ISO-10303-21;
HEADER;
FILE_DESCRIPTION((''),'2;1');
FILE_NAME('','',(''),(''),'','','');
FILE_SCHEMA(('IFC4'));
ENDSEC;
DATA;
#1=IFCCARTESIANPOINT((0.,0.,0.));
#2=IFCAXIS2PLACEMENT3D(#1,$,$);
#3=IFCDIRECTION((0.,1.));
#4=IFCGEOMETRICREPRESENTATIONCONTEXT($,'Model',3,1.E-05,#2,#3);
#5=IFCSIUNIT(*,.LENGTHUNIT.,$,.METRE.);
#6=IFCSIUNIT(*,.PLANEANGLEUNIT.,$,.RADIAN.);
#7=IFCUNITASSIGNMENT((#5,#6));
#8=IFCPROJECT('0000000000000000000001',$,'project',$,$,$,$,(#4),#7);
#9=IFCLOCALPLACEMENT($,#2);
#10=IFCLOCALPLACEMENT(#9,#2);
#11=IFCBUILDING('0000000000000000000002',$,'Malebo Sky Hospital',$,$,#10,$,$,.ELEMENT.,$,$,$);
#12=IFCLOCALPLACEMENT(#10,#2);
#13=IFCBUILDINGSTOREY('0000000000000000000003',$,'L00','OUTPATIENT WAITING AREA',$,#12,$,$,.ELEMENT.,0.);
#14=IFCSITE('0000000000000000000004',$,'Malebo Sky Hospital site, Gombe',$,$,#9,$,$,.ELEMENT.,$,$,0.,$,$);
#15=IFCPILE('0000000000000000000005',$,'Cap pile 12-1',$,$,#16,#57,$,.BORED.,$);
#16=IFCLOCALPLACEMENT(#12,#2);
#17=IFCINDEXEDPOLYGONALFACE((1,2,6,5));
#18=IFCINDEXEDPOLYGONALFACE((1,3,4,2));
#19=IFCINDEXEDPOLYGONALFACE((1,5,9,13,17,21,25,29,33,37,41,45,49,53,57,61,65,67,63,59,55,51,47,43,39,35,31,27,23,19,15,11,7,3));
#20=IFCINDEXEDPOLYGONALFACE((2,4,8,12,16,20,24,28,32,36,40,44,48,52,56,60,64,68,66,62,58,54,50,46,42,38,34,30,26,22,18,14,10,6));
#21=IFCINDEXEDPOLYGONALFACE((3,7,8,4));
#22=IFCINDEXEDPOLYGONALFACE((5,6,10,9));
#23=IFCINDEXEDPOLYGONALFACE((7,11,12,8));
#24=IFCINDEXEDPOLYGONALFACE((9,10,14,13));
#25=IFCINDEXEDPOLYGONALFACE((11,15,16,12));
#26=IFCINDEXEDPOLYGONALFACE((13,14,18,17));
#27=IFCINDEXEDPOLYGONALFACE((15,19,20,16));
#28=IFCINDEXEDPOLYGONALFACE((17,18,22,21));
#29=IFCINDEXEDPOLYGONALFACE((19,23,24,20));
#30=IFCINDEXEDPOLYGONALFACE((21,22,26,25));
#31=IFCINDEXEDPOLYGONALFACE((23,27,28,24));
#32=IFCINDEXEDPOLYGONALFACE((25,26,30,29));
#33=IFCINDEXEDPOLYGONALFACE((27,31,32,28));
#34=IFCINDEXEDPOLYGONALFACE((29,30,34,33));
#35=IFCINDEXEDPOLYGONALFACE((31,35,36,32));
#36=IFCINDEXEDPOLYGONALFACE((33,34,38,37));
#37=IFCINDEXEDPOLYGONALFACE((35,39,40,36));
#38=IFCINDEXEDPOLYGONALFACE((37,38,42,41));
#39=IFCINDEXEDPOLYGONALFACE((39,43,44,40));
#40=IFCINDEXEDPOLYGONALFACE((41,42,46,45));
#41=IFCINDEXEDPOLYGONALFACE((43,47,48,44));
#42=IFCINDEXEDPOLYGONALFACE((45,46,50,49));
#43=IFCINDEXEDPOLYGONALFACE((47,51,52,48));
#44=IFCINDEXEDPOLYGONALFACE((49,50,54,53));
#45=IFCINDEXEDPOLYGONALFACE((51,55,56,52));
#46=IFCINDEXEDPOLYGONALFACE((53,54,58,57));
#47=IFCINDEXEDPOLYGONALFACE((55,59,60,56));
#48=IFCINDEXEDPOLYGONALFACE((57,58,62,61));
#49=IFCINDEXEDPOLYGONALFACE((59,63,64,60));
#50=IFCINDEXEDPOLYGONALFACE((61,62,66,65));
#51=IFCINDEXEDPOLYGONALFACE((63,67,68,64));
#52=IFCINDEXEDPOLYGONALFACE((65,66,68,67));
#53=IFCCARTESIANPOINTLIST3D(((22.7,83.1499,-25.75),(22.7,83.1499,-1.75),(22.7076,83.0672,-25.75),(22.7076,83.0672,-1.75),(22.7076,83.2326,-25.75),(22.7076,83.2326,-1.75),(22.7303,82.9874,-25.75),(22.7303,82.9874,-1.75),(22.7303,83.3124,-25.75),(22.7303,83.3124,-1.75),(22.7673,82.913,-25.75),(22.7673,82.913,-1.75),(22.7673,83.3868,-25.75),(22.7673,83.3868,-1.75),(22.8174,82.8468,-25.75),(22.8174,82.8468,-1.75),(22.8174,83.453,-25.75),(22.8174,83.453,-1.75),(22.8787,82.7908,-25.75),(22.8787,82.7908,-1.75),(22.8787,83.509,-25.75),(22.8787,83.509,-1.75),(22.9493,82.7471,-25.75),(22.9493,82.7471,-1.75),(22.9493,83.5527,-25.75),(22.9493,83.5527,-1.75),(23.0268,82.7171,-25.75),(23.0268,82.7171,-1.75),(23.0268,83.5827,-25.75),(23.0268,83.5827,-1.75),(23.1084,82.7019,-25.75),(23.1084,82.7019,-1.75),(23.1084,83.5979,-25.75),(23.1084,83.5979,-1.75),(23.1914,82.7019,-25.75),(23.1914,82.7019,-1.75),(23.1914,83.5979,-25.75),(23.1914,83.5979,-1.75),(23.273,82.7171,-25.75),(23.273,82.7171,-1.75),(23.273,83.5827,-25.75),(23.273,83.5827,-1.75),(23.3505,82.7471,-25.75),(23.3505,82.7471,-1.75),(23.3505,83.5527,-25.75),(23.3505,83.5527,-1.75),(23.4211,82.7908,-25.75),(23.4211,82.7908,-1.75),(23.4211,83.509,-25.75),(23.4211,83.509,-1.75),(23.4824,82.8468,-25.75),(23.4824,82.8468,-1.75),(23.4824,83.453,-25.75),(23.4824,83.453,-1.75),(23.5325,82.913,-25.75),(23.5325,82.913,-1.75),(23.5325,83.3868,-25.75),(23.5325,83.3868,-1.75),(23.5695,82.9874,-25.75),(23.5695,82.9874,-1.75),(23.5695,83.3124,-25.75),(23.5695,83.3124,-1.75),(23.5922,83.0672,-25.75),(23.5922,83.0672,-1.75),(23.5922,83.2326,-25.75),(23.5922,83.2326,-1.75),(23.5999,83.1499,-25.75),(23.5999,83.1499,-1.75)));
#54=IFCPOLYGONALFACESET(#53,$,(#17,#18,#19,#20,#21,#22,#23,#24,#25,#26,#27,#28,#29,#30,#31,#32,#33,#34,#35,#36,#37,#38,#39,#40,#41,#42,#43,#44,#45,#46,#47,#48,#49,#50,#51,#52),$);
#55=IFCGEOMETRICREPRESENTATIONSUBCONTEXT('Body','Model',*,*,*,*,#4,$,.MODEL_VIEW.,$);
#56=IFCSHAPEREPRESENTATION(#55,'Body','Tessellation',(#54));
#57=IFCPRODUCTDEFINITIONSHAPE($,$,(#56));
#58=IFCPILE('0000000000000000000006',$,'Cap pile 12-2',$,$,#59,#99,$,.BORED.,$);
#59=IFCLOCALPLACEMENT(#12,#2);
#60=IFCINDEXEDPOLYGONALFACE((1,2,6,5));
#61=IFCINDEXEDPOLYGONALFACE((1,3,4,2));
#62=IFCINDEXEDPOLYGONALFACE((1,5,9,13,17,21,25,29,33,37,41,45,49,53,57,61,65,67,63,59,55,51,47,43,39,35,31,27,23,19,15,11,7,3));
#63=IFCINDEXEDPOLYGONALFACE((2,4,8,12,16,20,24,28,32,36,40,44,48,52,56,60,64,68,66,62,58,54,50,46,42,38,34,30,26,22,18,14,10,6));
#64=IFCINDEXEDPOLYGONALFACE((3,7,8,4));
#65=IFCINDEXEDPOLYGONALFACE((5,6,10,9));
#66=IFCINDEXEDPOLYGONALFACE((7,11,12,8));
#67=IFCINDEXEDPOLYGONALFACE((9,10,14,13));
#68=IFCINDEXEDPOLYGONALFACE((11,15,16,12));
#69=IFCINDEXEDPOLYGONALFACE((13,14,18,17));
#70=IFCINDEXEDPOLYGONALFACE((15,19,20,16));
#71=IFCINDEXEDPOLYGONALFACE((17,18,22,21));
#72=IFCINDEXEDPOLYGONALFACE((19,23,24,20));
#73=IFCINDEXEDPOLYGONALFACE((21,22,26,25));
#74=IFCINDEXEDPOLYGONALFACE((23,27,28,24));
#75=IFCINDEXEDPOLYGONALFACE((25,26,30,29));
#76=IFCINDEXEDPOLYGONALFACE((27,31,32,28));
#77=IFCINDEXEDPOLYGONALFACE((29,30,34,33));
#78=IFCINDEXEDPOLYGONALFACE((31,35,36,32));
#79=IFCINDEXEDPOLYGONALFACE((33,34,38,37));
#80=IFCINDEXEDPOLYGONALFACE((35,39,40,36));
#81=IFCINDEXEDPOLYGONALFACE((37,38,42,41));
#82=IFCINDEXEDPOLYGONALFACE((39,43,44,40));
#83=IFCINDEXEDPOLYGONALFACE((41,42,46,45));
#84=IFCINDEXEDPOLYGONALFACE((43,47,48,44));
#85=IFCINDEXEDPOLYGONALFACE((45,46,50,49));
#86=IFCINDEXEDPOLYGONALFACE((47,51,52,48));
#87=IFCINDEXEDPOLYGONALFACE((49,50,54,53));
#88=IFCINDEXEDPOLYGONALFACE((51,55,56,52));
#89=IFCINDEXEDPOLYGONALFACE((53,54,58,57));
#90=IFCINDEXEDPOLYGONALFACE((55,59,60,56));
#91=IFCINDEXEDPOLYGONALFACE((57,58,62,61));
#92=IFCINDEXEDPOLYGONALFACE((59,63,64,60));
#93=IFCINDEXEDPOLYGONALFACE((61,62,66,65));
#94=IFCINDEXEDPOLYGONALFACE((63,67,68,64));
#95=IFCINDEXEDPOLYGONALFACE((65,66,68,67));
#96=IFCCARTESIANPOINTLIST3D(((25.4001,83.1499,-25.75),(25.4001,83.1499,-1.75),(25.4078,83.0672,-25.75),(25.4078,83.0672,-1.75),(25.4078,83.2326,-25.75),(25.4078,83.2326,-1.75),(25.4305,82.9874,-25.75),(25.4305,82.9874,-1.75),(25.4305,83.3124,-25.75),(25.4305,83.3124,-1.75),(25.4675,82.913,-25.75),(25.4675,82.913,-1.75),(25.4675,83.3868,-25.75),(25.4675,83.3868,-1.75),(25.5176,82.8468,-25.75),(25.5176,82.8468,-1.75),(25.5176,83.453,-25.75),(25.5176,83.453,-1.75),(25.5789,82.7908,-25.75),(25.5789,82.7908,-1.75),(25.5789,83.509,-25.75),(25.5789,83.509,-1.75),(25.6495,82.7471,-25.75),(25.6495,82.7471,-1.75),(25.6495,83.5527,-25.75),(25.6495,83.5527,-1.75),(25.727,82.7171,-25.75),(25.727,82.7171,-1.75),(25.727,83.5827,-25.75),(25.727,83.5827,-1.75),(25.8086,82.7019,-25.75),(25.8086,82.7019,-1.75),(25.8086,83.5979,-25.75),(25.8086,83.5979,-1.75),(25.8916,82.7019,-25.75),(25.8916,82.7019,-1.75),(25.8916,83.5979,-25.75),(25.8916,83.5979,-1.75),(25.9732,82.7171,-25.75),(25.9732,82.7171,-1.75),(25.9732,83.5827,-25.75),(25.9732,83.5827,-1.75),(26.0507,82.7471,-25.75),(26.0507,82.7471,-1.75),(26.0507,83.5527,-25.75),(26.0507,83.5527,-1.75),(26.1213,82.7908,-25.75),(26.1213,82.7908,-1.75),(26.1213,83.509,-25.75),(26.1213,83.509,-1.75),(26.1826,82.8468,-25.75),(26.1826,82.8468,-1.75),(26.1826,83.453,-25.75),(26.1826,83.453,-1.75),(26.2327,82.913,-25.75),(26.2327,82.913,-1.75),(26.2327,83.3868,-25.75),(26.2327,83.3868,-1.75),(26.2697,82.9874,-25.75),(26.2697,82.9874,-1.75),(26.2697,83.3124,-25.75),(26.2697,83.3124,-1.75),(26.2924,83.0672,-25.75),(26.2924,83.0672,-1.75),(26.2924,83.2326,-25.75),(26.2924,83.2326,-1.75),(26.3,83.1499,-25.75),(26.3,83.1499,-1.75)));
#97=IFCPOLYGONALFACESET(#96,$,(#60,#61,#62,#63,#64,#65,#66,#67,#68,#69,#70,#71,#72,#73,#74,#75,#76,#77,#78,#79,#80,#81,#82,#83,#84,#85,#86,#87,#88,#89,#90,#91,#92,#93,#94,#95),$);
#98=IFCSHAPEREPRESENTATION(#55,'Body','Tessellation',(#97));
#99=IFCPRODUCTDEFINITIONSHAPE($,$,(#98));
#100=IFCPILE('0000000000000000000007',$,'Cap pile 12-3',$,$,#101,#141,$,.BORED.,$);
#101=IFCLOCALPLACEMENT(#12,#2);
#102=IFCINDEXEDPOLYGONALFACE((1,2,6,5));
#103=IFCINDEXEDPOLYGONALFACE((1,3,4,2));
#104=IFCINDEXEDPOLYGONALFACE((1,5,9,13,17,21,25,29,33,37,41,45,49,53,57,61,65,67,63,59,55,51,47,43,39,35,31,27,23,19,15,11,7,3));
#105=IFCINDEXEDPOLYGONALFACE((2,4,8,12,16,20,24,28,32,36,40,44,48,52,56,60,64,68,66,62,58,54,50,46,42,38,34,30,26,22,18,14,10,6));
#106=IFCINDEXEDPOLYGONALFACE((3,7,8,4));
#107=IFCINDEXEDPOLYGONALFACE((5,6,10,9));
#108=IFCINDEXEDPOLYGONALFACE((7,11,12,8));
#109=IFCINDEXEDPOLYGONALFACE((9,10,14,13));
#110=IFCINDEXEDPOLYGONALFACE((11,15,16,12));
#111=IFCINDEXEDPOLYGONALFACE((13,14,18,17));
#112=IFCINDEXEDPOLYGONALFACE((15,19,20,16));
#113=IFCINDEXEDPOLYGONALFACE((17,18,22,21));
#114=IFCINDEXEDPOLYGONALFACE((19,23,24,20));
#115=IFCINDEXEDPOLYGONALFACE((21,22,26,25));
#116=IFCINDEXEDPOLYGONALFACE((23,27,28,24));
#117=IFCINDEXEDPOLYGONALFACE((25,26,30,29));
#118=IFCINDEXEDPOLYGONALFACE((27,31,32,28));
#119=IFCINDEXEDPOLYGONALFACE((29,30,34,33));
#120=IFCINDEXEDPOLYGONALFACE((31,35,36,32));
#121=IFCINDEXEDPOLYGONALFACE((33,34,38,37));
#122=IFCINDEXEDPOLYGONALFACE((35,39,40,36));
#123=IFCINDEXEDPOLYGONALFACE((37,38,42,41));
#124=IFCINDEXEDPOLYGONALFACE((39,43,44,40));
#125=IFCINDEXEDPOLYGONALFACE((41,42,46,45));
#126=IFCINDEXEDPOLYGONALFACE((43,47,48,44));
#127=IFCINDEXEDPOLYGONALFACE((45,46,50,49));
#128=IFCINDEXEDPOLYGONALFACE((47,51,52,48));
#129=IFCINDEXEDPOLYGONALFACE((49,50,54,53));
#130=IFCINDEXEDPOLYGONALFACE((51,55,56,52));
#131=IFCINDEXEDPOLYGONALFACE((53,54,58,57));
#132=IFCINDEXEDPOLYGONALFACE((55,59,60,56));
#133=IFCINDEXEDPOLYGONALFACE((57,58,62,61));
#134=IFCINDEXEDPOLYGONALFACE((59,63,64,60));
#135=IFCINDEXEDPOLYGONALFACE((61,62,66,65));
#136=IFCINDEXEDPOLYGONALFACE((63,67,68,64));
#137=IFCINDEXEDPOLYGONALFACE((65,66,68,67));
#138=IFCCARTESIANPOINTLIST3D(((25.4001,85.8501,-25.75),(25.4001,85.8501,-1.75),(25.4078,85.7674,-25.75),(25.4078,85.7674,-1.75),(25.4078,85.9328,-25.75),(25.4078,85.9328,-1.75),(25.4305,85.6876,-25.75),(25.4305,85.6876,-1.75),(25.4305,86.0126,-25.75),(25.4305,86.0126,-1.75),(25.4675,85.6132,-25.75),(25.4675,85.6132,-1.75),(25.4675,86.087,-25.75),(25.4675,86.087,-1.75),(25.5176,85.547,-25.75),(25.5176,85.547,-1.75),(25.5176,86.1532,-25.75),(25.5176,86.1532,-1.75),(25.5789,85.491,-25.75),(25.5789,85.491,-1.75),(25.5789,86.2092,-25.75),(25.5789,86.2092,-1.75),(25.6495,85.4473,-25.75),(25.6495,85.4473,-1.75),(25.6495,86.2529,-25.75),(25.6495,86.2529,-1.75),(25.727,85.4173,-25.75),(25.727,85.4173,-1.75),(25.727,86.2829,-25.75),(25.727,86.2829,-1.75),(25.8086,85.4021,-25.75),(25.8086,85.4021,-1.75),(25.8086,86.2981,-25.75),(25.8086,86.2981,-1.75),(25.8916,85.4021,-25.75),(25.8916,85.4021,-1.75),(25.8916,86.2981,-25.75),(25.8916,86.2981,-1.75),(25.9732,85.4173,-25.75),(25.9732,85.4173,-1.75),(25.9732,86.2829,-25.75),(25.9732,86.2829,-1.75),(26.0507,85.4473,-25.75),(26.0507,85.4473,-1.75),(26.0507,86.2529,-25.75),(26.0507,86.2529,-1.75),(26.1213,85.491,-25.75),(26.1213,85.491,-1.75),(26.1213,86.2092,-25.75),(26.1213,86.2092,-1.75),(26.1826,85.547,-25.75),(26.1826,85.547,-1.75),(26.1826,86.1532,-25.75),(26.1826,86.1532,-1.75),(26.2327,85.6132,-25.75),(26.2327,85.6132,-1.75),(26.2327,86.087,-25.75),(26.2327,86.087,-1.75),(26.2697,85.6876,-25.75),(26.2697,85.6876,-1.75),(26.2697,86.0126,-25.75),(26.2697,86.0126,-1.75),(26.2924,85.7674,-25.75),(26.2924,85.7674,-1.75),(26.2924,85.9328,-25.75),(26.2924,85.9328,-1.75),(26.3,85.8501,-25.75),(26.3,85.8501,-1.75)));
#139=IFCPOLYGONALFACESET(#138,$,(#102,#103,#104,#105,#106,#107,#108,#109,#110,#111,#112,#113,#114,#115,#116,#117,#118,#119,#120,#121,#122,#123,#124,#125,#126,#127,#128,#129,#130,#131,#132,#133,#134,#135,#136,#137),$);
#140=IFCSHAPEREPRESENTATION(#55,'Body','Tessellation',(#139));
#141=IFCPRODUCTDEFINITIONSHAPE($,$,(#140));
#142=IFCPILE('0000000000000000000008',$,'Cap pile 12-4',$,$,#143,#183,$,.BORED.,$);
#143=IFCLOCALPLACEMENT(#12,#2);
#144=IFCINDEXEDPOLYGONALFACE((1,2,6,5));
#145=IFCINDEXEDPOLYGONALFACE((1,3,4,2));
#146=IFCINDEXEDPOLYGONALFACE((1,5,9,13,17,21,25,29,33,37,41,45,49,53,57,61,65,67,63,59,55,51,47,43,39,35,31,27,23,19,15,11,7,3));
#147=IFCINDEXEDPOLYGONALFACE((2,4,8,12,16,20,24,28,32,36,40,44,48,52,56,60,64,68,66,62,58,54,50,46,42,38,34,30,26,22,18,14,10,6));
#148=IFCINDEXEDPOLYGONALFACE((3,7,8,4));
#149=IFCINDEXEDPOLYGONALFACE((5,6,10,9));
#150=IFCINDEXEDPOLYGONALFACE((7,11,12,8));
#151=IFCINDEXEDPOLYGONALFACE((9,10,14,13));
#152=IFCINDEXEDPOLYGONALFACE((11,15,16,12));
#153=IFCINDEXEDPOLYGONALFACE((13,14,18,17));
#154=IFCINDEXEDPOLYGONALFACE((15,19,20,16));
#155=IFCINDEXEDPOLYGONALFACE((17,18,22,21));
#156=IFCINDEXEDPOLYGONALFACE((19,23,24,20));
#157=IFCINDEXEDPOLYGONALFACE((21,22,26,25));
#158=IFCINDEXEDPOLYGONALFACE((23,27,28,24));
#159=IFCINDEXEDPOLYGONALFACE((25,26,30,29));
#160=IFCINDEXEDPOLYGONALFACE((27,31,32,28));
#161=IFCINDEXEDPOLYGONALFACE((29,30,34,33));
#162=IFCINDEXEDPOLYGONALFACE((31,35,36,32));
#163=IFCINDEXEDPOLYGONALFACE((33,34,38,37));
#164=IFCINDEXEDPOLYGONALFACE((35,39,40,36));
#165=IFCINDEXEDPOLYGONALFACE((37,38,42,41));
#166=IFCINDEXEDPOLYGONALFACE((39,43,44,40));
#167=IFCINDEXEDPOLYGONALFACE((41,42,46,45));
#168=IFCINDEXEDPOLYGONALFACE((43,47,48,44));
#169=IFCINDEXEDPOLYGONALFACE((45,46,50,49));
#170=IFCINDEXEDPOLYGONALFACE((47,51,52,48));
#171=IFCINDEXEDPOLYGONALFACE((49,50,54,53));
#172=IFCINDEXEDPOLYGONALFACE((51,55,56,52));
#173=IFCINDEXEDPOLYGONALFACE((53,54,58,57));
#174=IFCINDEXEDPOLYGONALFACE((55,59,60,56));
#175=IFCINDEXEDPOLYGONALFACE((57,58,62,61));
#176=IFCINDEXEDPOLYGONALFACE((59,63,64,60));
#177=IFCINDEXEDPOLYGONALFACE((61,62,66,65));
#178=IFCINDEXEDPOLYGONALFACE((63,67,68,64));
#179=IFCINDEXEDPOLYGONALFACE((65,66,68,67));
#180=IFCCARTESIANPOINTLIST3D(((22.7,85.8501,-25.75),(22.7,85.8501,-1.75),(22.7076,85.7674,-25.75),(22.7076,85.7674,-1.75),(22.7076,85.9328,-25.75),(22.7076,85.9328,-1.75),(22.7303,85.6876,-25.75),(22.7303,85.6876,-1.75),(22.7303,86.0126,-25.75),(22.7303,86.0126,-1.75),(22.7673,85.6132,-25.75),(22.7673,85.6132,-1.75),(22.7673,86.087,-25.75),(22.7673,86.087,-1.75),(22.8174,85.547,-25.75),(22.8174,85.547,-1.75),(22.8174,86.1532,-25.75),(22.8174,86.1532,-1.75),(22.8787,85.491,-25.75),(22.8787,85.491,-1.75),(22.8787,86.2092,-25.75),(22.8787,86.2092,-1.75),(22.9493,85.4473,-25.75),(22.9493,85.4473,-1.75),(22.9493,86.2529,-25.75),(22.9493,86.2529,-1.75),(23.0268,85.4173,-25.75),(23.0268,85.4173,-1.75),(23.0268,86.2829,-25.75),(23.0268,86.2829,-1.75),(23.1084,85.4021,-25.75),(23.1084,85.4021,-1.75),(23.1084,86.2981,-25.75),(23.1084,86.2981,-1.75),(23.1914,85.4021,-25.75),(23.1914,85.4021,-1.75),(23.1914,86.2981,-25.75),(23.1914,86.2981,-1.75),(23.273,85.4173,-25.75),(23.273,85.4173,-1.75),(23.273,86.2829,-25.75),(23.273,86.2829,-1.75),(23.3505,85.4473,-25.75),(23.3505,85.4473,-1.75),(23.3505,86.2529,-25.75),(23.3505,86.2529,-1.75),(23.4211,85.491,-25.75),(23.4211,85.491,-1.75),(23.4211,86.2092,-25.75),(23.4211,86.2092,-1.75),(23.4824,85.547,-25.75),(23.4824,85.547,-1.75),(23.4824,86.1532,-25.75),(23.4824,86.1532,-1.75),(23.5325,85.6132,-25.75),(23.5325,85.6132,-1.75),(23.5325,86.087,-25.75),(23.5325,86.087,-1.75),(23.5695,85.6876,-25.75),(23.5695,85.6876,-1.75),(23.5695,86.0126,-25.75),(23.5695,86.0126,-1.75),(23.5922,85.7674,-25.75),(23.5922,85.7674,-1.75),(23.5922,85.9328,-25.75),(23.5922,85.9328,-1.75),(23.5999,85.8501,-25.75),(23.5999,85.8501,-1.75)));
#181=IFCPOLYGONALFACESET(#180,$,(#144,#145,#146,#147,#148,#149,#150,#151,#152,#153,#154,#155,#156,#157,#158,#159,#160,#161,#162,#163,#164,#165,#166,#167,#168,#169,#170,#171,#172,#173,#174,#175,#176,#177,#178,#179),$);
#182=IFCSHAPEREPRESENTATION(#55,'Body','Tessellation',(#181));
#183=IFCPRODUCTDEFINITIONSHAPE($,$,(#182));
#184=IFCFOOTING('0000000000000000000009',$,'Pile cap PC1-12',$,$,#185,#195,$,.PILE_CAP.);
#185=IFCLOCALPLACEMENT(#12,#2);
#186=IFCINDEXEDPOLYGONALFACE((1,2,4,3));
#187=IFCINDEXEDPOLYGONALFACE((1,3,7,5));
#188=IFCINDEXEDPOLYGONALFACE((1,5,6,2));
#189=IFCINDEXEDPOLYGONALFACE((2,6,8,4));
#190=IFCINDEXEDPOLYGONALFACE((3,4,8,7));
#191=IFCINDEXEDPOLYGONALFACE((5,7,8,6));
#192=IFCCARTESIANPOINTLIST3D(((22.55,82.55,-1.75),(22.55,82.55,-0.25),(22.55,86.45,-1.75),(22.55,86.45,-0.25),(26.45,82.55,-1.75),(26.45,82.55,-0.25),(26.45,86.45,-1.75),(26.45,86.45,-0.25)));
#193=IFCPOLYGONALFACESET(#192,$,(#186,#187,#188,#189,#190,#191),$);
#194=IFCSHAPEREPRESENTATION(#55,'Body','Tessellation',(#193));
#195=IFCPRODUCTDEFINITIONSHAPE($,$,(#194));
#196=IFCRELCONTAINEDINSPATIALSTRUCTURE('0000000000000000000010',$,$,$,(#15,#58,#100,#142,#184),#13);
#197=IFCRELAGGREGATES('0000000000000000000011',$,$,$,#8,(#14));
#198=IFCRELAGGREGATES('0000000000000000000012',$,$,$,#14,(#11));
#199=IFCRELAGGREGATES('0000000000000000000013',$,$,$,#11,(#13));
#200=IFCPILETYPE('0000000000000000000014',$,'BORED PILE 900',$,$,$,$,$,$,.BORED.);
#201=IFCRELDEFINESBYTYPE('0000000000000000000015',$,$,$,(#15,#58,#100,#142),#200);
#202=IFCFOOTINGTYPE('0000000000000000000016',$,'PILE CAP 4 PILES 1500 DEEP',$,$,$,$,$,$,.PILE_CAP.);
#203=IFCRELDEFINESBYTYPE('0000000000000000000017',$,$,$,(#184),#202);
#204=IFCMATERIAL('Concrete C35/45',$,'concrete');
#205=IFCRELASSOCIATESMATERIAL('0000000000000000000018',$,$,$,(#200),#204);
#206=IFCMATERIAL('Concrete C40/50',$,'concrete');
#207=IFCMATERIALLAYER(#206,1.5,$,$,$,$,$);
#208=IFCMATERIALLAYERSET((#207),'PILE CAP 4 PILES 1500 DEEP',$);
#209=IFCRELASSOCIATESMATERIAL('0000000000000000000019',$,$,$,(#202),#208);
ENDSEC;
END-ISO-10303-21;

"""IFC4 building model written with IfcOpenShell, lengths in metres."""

from ifc_helpers import new_model, si_unit, direction, frame, origin, origin_2d, place, context, subcontext, project, spatial, rectangle, circle, extrude, material, layer, layer_set, material_profile, profile_set, type_object, element, save


model = new_model("IFC4")

# Units and contexts
model_context = context("Model", 3, precision=1e-05, world=origin(), true_north=direction((0.0, 1.0)))
body_context = subcontext(model_context, "Body", "Model", "MODEL_VIEW")
ifc_project = project(units=[si_unit("LENGTHUNIT", "METRE"), si_unit("PLANEANGLEUNIT", "RADIAN")], contexts=[model_context])

# Site, building, storey
site_placement = place(None, origin())
site = spatial("IfcSite", under=ifc_project, at=site_placement, Name="Malebo Sky Hospital site, Gombe", CompositionType="ELEMENT", RefElevation=0.0)
building_placement = place(site_placement, origin())
building = spatial("IfcBuilding", under=site, at=building_placement, Name="Malebo Sky Hospital", CompositionType="ELEMENT")
storey_placement = place(building_placement, origin())
storey = spatial("IfcBuildingStorey", under=building, at=storey_placement, Name="L00", Description="OUTPATIENT WAITING AREA", CompositionType="ELEMENT", Elevation=0.0)

# Piles
ifc_material_1 = material(Name="Concrete C35/45", Category="concrete")
ifc_material_profile_1 = material_profile(ifc_material_1, circle(Radius=0.45, at=origin_2d()), Name="BP 900")
ifc_profile_set_1 = profile_set([ifc_material_profile_1], Name="Concrete C35/45")
pile_type_1 = type_object("IfcPileType", Name="BORED PILE 900", PredefinedType="BORED", material=ifc_profile_set_1)
for number, where, z_axis, x_axis, name in (
    (1, (23.1499, 83.1499, -1.75), (0.0, 0.0, -1.0), (1.0, 0.0, 0.0), "Cap pile 12-1"),
    (2, (25.8501, 83.1499, -1.75), (0.0, 0.0, -1.0), (1.0, 0.0, 0.0), "Cap pile 12-2"),
    (3, (25.8501, 85.8501, -1.75), (0.0, 0.0, -1.0), (1.0, 0.0, 0.0), "Cap pile 12-3"),
    (4, (23.1499, 85.8501, -1.75), (0.0, 0.0, -1.0), (1.0, 0.0, 0.0), "Cap pile 12-4"),
):
    element("IfcPile", number, at=place(storey_placement, frame(where, z_axis=z_axis, x_axis=x_axis)), inside=storey, type_object=pile_type_1, Name=name, PredefinedType="BORED", context=body_context, shape_type="SweptSolid", body=[
        extrude(circle(Radius=0.45, at=origin_2d()), origin(), (0.0, 0.0, 1.0), 24.0),
    ])

# Footing
ifc_material_2 = material(Name="Concrete C40/50", Category="concrete")
ifc_layer_1 = layer(ifc_material_2, 1.5)
ifc_layer_set_1 = layer_set([ifc_layer_1], Name="PILE CAP 4 PILES 1500 DEEP")
footing_type = type_object("IfcFootingType", Name="PILE CAP 4 PILES 1500 DEEP", PredefinedType="PILE_CAP", material=ifc_layer_set_1)
footing_placement = place(storey_placement, frame((24.5, 84.5, -1.75), z_axis=(0.0, 0.0, 1.0), x_axis=(1.0, 0.0, 0.0)))
element("IfcFooting", 5, at=footing_placement, inside=storey, type_object=footing_type, Name="Pile cap PC1-12", PredefinedType="PILE_CAP", context=body_context, shape_type="SweptSolid", body=[
    extrude(rectangle(XDim=3.8999, YDim=3.8999, at=origin_2d()), origin(), (0.0, 0.0, 1.0), 1.5),
])

save(model, "model.ifc")
